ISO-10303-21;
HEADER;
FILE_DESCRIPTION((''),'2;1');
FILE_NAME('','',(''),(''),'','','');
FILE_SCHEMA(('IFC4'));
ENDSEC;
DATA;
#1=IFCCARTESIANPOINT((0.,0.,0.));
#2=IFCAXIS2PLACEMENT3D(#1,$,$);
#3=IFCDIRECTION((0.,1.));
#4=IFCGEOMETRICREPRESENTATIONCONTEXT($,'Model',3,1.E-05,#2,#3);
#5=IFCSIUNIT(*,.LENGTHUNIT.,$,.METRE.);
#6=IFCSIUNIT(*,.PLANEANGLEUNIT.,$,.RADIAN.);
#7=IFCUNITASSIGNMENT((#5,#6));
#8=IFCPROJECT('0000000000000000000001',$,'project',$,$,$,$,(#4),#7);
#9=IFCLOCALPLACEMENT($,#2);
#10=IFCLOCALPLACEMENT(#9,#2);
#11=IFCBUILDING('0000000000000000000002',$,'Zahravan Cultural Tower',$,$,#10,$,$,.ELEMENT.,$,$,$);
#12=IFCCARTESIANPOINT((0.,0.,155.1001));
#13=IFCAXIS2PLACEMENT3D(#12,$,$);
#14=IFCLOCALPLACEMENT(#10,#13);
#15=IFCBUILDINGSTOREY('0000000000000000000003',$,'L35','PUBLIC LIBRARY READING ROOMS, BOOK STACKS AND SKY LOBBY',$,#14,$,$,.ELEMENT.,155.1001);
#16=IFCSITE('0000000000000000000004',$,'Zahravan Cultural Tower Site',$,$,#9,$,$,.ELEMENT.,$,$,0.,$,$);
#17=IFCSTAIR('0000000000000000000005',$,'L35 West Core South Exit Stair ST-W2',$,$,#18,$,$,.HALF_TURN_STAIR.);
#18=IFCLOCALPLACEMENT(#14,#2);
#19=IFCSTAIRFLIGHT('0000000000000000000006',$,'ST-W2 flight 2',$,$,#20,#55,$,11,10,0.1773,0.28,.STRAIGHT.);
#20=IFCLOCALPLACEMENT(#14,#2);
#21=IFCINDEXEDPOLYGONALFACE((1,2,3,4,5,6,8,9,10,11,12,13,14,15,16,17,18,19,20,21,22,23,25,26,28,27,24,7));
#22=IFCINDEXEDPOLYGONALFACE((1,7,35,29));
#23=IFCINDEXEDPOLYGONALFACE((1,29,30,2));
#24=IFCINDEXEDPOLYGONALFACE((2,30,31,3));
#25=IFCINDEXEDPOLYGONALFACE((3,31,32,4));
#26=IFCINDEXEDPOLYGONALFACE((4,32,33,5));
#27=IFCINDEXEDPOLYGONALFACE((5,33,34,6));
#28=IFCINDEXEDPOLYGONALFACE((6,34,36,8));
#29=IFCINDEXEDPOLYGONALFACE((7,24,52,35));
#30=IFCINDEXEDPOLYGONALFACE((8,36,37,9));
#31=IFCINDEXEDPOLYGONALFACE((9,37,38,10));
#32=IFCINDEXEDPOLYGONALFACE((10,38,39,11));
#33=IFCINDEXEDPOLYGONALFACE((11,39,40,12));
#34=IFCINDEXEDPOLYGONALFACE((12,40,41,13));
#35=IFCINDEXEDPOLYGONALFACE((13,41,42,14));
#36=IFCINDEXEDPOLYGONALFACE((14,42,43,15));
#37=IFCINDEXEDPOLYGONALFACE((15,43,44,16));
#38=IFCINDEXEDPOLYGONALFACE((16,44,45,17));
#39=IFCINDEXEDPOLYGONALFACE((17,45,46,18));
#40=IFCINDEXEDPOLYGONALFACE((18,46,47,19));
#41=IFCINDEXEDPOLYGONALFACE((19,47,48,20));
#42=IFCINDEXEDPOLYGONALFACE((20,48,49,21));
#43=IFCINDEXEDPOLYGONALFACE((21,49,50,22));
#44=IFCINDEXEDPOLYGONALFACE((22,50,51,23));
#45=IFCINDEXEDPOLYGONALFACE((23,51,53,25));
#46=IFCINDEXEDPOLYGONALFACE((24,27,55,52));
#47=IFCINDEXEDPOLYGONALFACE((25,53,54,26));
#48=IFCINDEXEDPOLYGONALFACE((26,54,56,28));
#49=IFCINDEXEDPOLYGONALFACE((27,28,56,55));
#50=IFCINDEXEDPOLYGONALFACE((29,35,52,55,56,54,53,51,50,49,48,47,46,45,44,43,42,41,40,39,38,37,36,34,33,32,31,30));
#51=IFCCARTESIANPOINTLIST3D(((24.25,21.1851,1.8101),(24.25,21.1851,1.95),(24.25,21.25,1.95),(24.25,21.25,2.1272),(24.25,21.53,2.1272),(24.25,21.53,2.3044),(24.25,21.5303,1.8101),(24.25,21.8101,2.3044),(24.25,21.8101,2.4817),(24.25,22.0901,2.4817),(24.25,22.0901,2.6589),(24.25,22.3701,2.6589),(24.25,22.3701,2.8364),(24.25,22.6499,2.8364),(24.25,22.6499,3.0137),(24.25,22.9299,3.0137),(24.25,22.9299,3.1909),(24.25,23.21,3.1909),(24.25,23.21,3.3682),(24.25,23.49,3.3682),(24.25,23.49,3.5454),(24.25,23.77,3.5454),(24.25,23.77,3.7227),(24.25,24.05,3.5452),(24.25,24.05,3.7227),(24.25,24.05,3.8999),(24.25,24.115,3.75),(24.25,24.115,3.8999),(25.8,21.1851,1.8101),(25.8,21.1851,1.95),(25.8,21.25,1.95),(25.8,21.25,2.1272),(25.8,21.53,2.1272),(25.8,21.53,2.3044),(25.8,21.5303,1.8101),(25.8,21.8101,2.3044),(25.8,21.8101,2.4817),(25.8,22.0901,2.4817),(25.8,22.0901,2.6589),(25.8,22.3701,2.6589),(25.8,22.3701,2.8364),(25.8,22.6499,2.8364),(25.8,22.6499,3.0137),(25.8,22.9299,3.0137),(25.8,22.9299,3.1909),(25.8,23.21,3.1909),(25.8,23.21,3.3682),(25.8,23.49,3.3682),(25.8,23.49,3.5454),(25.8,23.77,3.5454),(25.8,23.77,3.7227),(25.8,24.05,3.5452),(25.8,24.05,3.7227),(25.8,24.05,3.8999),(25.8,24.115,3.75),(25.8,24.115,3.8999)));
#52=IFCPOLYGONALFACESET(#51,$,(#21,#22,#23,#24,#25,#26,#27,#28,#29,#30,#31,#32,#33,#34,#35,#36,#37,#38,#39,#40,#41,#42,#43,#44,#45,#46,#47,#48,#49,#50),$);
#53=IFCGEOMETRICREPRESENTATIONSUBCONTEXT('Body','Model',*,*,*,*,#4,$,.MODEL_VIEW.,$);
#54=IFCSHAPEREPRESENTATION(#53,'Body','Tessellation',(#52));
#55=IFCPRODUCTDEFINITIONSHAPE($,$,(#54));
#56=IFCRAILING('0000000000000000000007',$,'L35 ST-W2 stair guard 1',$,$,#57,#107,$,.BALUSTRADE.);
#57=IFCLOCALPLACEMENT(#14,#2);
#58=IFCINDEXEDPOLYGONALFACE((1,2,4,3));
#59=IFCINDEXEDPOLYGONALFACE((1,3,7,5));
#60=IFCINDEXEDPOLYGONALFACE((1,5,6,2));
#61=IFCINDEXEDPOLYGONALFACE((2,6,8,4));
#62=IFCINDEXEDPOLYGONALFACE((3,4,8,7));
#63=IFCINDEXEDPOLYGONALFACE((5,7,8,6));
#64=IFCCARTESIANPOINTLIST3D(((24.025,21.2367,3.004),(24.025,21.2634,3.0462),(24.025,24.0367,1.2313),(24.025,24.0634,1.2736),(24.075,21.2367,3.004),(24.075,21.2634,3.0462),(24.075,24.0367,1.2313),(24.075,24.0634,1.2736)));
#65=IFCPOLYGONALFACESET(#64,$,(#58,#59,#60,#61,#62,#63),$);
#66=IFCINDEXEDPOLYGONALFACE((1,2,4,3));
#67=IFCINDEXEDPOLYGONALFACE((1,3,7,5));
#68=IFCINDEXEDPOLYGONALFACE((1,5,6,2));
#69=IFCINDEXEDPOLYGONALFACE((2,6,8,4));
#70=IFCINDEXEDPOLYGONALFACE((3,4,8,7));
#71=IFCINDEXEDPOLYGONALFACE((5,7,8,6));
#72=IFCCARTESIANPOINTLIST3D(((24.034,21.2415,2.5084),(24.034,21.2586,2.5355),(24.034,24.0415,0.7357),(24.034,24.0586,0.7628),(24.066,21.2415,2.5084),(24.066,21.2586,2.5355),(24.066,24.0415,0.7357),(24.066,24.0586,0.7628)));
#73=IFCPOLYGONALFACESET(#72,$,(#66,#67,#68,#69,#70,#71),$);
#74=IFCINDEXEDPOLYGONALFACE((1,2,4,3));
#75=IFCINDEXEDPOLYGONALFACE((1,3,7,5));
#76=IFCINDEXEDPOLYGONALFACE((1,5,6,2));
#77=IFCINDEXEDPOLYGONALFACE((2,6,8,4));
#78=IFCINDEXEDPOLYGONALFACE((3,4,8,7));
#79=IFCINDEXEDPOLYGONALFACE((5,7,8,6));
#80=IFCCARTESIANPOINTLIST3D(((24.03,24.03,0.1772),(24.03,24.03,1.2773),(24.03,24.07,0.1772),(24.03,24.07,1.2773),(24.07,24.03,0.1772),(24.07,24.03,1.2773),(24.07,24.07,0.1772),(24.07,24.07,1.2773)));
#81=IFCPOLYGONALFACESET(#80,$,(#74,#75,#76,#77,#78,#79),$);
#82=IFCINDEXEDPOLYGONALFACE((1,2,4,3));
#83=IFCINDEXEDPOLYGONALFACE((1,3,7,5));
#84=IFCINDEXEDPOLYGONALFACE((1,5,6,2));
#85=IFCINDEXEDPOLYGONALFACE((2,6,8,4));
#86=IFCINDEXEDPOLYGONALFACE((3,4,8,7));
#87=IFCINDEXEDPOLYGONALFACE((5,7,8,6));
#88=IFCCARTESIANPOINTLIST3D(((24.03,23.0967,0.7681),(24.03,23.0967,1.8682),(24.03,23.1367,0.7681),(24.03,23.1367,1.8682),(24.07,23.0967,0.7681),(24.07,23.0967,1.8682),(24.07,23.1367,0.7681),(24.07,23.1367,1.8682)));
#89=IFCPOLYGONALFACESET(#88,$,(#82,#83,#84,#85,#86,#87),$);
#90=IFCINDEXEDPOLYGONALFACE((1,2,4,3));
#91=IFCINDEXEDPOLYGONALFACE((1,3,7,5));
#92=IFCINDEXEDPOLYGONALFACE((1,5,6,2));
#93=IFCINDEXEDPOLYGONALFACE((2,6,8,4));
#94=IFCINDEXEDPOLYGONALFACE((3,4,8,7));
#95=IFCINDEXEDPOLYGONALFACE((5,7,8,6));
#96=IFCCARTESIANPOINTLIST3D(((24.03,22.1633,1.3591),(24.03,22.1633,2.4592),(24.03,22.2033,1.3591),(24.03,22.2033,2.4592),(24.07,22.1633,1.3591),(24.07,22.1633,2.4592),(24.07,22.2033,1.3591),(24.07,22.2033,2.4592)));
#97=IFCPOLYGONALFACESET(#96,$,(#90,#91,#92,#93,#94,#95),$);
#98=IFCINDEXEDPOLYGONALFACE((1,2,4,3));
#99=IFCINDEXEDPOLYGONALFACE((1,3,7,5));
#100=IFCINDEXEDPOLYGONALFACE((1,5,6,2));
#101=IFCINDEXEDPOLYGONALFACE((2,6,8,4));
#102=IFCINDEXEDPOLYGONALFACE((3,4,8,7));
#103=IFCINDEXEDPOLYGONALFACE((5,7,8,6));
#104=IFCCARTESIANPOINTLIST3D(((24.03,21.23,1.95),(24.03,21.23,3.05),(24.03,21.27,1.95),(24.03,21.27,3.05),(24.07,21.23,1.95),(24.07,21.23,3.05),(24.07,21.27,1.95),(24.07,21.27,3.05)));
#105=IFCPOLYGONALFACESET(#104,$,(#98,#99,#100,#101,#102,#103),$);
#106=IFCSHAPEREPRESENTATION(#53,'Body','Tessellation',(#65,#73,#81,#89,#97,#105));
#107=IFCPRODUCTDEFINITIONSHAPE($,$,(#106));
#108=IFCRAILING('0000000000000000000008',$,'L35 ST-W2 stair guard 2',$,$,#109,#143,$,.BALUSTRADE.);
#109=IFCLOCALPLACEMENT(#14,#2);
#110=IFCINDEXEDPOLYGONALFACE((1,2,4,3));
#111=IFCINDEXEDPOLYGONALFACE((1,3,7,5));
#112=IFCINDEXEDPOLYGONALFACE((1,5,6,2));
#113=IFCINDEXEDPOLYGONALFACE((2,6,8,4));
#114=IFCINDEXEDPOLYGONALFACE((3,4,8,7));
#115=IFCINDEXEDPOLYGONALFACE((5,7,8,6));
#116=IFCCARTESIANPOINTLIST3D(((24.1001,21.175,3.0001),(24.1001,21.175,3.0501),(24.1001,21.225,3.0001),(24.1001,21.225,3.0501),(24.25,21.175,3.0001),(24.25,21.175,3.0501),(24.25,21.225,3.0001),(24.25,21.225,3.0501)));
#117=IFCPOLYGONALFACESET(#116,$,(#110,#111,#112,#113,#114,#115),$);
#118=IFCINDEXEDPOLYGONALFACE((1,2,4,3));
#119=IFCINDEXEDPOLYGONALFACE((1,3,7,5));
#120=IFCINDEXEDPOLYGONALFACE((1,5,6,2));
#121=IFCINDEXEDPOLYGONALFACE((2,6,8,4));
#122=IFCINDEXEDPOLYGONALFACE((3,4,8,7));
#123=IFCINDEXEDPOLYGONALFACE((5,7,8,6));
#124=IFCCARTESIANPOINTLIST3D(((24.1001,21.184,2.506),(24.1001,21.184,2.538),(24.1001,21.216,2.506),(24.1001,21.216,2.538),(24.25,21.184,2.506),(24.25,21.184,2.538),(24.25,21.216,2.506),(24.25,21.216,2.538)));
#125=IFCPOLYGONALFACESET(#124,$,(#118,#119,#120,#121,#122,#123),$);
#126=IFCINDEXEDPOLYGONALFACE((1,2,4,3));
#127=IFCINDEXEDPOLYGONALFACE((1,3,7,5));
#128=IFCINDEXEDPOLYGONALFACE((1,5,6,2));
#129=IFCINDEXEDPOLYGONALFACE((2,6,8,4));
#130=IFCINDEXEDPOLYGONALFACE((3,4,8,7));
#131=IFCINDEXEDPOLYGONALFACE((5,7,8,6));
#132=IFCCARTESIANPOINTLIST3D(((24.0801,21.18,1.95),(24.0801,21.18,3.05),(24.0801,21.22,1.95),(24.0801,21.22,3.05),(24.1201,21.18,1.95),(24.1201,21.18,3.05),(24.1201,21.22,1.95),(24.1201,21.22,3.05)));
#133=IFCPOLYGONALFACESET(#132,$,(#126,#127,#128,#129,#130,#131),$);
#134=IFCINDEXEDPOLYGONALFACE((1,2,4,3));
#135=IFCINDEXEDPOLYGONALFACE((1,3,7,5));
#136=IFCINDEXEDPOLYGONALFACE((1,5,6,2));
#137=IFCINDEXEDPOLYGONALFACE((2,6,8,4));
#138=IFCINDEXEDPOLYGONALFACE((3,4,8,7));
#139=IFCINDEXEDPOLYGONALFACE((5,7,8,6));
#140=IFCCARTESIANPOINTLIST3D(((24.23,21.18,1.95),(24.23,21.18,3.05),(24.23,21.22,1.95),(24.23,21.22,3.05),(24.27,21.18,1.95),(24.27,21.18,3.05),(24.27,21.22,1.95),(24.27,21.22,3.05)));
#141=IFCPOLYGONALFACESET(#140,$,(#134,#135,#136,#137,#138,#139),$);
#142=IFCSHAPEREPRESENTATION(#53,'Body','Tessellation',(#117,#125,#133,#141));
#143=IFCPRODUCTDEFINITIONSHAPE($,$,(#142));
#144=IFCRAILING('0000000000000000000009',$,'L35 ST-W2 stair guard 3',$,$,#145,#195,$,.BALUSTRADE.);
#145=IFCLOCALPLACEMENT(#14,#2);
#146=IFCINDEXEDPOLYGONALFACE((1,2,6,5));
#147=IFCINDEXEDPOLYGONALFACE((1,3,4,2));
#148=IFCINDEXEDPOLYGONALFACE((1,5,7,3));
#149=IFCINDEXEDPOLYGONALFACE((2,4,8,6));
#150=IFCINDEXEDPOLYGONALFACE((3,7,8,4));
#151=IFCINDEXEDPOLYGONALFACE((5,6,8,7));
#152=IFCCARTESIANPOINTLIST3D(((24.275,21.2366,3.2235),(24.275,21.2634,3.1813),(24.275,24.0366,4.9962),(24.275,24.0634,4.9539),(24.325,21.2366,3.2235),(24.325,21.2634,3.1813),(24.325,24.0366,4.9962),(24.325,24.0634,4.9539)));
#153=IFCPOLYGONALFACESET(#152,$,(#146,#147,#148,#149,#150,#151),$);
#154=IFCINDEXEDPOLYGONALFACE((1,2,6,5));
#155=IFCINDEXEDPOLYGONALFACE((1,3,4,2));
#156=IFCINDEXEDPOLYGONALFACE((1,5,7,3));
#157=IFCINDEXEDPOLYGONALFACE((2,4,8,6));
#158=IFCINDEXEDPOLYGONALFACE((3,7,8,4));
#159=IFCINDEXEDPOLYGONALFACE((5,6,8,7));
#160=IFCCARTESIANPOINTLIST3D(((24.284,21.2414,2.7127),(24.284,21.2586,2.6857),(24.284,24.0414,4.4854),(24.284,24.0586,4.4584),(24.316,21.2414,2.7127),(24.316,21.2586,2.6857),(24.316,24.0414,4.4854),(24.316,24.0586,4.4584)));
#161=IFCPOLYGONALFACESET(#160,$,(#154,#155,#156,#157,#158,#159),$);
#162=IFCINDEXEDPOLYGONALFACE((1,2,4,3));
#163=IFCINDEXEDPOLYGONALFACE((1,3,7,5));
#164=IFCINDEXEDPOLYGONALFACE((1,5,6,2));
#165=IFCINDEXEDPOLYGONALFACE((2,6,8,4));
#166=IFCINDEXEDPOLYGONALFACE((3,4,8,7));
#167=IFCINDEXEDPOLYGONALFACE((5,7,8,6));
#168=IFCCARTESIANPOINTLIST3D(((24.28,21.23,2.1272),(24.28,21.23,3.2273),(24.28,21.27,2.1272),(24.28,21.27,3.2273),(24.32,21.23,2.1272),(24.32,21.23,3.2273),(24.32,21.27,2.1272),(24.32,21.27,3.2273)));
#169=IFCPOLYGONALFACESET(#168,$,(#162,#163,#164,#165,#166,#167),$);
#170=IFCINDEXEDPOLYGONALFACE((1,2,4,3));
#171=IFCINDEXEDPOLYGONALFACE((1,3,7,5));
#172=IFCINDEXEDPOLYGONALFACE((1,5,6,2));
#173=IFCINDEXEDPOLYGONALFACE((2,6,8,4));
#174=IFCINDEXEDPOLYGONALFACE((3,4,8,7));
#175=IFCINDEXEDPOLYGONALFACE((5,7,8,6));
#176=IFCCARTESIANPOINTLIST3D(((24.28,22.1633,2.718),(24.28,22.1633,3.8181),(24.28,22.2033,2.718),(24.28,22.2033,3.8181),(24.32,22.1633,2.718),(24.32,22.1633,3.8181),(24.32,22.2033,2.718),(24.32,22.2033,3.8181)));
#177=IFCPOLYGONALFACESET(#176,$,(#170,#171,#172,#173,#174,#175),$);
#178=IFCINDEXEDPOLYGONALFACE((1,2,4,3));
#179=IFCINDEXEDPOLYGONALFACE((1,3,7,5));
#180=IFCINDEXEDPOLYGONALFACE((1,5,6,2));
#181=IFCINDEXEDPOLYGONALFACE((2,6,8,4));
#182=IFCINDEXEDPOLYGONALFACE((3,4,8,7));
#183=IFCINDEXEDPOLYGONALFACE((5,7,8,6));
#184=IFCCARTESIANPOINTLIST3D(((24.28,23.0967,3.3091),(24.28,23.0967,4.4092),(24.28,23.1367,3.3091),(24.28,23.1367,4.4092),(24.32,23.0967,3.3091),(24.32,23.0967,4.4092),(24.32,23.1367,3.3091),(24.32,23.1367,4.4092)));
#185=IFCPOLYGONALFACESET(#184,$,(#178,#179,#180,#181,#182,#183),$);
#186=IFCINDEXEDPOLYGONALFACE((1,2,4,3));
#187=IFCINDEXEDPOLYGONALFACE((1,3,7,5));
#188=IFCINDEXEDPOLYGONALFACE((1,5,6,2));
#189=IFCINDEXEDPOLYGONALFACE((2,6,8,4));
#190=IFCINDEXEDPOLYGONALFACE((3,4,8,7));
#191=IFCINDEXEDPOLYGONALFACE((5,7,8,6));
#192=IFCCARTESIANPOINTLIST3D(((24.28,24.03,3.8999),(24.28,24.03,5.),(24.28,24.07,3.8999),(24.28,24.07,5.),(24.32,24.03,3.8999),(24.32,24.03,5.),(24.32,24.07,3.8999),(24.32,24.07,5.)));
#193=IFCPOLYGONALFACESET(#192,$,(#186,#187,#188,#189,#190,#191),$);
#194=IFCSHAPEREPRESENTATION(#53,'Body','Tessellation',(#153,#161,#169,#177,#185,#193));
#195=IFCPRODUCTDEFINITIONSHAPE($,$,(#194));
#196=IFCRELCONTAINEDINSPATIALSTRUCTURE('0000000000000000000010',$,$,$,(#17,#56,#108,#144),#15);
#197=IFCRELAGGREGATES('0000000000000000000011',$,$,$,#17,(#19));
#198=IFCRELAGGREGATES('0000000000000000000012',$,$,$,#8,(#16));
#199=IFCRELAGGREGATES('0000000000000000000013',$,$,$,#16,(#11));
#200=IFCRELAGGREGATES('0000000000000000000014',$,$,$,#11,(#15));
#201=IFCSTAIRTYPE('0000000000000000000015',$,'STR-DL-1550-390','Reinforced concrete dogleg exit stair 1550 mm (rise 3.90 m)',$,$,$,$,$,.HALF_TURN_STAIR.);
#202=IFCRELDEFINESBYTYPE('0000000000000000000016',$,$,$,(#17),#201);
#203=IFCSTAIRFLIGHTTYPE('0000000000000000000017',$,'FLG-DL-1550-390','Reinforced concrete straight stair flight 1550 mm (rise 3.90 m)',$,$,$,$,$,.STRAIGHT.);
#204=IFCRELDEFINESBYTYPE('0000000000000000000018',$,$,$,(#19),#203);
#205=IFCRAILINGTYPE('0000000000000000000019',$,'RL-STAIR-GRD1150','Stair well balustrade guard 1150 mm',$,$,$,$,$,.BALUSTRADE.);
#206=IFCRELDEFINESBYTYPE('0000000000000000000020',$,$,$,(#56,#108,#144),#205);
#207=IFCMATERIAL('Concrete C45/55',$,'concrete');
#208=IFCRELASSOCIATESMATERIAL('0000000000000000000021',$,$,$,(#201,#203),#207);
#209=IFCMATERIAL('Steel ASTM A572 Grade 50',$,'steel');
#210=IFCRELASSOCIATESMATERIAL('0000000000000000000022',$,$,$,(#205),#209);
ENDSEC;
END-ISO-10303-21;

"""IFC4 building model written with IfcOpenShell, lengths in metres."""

from ifc_helpers import new_model, si_unit, direction, frame, origin, origin_2d, place, context, subcontext, project, spatial, polyline, rectangle, outline, extrude, material, type_object, element, aggregate, save


model = new_model("IFC4")

# Units and contexts
model_context = context("Model", 3, precision=1e-05, world=origin(), true_north=direction((0.0, 1.0)))
body_context = subcontext(model_context, "Body", "Model", "MODEL_VIEW")
ifc_project = project(units=[si_unit("LENGTHUNIT", "METRE"), si_unit("PLANEANGLEUNIT", "RADIAN")], contexts=[model_context])

# Site, building, storey
site_placement = place(None, origin())
site = spatial("IfcSite", under=ifc_project, at=site_placement, Name="Zahravan Cultural Tower Site", CompositionType="ELEMENT", RefElevation=0.0)
building_placement = place(site_placement, origin())
building = spatial("IfcBuilding", under=site, at=building_placement, Name="Zahravan Cultural Tower", CompositionType="ELEMENT")
storey_placement = place(building_placement, frame((0.0, 0.0, 155.1001)))
storey = spatial("IfcBuildingStorey", under=building, at=storey_placement, Name="L35", Description="PUBLIC LIBRARY READING ROOMS, BOOK STACKS AND SKY LOBBY", CompositionType="ELEMENT", Elevation=155.1001)

# Shared definitions
ifc_material_1 = material(Name="Concrete C45/55", Category="concrete")
ifc_material_2 = material(Name="Steel ASTM A572 Grade 50", Category="steel")

# Stair, stair flight
stair_type = type_object("IfcStairType", Name="STR-DL-1550-390", Description="Reinforced concrete dogleg exit stair 1550 mm (rise 3.90 m)", PredefinedType="HALF_TURN_STAIR", material=ifc_material_1)
stair_placement = place(storey_placement, origin())
stair = element("IfcStair", 1, at=stair_placement, inside=storey, type_object=stair_type, Name="L35 West Core South Exit Stair ST-W2", PredefinedType="HALF_TURN_STAIR")
stair_flight_type = type_object("IfcStairFlightType", Name="FLG-DL-1550-390", Description="Reinforced concrete straight stair flight 1550 mm (rise 3.90 m)", PredefinedType="STRAIGHT", material=ifc_material_1)
stair_flight_1_placement = place(storey_placement, frame((25.0249, 21.25, 1.95), z_axis=(0.0, 0.0, 1.0), x_axis=(0.0, 1.0, 0.0)))
stair_flight_1 = element("IfcStairFlight", 2, at=stair_flight_1_placement, type_object=stair_flight_type, Name="ST-W2 flight 2", NumberOfRisers=11, NumberOfTreads=10, PredefinedType="STRAIGHT", RiserHeight=0.1773, TreadLength=0.28, context=body_context, shape_type="SweptSolid", body=[
    extrude(outline(polyline([(-0.0649, -0.1399), (-0.0649, 0.0), (0.0, 0.0), (0.0, 0.1772), (0.28, 0.1772), (0.28, 0.3545), (0.5601, 0.3545), (0.5601, 0.5317), (0.8401, 0.5317), (0.8401, 0.709), (1.1201, 0.709), (1.1201, 0.8865), (1.3999, 0.8865), (1.3999, 1.0637), (1.6799, 1.0637), (1.6799, 1.241), (1.96, 1.241), (1.96, 1.4182), (2.24, 1.4182), (2.24, 1.5955), (2.52, 1.5955), (2.52, 1.7727), (2.8, 1.7727), (2.8, 1.95), (2.865, 1.95), (2.865, 1.8), (2.8, 1.5952), (0.2803, -0.1399), (-0.0649, -0.1399)])), frame((0.0, 0.7749, 0.0), z_axis=(0.0, -1.0, 0.0), x_axis=(1.0, 0.0, 0.0)), (0.0, 0.0, 1.0), 1.55),
])
aggregate(stair, [stair_flight_1])

# Railings
railing_type_1 = type_object("IfcRailingType", Name="RL-STAIR-GRD1150", Description="Stair well balustrade guard 1150 mm", PredefinedType="BALUSTRADE", material=ifc_material_2)
railing_1_placement = place(storey_placement, frame((24.05, 24.05, 0.1772)))
element("IfcRailing", 3, at=railing_1_placement, inside=storey, type_object=railing_type_1, Name="L35 ST-W2 stair guard 1", PredefinedType="BALUSTRADE", context=body_context, shape_type="SweptSolid", body=[
    extrude(rectangle(XDim=0.05, YDim=0.05, at=origin_2d()), frame((0.0, 0.0, 1.0752), z_axis=(0.0, -0.844909, 0.53491), x_axis=(1.0, 0.0, 0.0)), (0.0, 0.0, 1.0), 3.314),
    extrude(rectangle(XDim=0.032, YDim=0.032, at=origin_2d()), frame((0.0, 0.0, 0.572), z_axis=(0.0, -0.844909, 0.53491), x_axis=(1.0, 0.0, 0.0)), (0.0, 0.0, 1.0), 3.314),
    extrude(rectangle(XDim=0.04, YDim=0.04, at=origin_2d()), origin(), (0.0, 0.0, 1.0), 1.1001),
    extrude(rectangle(XDim=0.04, YDim=0.04, at=origin_2d()), frame((0.0, -0.9333, 0.5908)), (0.0, 0.0, 1.0), 1.1001),
    extrude(rectangle(XDim=0.04, YDim=0.04, at=origin_2d()), frame((0.0, -1.8667, 1.1819)), (0.0, 0.0, 1.0), 1.1001),
    extrude(rectangle(XDim=0.04, YDim=0.04, at=origin_2d()), frame((0.0, -2.8, 1.7727)), (0.0, 0.0, 1.0), 1.1001),
])
railing_2_placement = place(storey_placement, frame((24.1001, 21.2, 1.95)))
element("IfcRailing", 4, at=railing_2_placement, inside=storey, type_object=railing_type_1, Name="L35 ST-W2 stair guard 2", PredefinedType="BALUSTRADE", context=body_context, shape_type="SweptSolid", body=[
    extrude(rectangle(XDim=0.05, YDim=0.05, at=origin_2d()), frame((0.0, 0.0, 1.0752), z_axis=(1.0, 0.0, 0.0), x_axis=(0.0, 1.0, 0.0)), (0.0, 0.0, 1.0), 0.1499),
    extrude(rectangle(XDim=0.032, YDim=0.032, at=origin_2d()), frame((0.0, 0.0, 0.572), z_axis=(1.0, 0.0, 0.0), x_axis=(0.0, 1.0, 0.0)), (0.0, 0.0, 1.0), 0.1499),
    extrude(rectangle(XDim=0.04, YDim=0.04, at=origin_2d()), origin(), (0.0, 0.0, 1.0), 1.1001),
    extrude(rectangle(XDim=0.04, YDim=0.04, at=origin_2d()), frame((0.1499, 0.0, 0.0)), (0.0, 0.0, 1.0), 1.1001),
])
railing_3_placement = place(storey_placement, frame((24.3, 21.25, 2.1272)))
element("IfcRailing", 5, at=railing_3_placement, inside=storey, type_object=railing_type_1, Name="L35 ST-W2 stair guard 3", PredefinedType="BALUSTRADE", context=body_context, shape_type="SweptSolid", body=[
    extrude(rectangle(XDim=0.05, YDim=0.05, at=origin_2d()), frame((0.0, 0.0, 1.0752), z_axis=(0.0, 0.844909, 0.53491), x_axis=(-1.0, 0.0, 0.0)), (0.0, 0.0, 1.0), 3.314),
    extrude(rectangle(XDim=0.032, YDim=0.032, at=origin_2d()), frame((0.0, 0.0, 0.572), z_axis=(0.0, 0.844909, 0.53491), x_axis=(-1.0, 0.0, 0.0)), (0.0, 0.0, 1.0), 3.314),
    extrude(rectangle(XDim=0.04, YDim=0.04, at=origin_2d()), origin(), (0.0, 0.0, 1.0), 1.1001),
    extrude(rectangle(XDim=0.04, YDim=0.04, at=origin_2d()), frame((0.0, 0.9333, 0.5908)), (0.0, 0.0, 1.0), 1.1001),
    extrude(rectangle(XDim=0.04, YDim=0.04, at=origin_2d()), frame((0.0, 1.8667, 1.1819)), (0.0, 0.0, 1.0), 1.1001),
    extrude(rectangle(XDim=0.04, YDim=0.04, at=origin_2d()), frame((0.0, 2.8, 1.7727)), (0.0, 0.0, 1.0), 1.1001),
])

save(model, "model.ifc")
